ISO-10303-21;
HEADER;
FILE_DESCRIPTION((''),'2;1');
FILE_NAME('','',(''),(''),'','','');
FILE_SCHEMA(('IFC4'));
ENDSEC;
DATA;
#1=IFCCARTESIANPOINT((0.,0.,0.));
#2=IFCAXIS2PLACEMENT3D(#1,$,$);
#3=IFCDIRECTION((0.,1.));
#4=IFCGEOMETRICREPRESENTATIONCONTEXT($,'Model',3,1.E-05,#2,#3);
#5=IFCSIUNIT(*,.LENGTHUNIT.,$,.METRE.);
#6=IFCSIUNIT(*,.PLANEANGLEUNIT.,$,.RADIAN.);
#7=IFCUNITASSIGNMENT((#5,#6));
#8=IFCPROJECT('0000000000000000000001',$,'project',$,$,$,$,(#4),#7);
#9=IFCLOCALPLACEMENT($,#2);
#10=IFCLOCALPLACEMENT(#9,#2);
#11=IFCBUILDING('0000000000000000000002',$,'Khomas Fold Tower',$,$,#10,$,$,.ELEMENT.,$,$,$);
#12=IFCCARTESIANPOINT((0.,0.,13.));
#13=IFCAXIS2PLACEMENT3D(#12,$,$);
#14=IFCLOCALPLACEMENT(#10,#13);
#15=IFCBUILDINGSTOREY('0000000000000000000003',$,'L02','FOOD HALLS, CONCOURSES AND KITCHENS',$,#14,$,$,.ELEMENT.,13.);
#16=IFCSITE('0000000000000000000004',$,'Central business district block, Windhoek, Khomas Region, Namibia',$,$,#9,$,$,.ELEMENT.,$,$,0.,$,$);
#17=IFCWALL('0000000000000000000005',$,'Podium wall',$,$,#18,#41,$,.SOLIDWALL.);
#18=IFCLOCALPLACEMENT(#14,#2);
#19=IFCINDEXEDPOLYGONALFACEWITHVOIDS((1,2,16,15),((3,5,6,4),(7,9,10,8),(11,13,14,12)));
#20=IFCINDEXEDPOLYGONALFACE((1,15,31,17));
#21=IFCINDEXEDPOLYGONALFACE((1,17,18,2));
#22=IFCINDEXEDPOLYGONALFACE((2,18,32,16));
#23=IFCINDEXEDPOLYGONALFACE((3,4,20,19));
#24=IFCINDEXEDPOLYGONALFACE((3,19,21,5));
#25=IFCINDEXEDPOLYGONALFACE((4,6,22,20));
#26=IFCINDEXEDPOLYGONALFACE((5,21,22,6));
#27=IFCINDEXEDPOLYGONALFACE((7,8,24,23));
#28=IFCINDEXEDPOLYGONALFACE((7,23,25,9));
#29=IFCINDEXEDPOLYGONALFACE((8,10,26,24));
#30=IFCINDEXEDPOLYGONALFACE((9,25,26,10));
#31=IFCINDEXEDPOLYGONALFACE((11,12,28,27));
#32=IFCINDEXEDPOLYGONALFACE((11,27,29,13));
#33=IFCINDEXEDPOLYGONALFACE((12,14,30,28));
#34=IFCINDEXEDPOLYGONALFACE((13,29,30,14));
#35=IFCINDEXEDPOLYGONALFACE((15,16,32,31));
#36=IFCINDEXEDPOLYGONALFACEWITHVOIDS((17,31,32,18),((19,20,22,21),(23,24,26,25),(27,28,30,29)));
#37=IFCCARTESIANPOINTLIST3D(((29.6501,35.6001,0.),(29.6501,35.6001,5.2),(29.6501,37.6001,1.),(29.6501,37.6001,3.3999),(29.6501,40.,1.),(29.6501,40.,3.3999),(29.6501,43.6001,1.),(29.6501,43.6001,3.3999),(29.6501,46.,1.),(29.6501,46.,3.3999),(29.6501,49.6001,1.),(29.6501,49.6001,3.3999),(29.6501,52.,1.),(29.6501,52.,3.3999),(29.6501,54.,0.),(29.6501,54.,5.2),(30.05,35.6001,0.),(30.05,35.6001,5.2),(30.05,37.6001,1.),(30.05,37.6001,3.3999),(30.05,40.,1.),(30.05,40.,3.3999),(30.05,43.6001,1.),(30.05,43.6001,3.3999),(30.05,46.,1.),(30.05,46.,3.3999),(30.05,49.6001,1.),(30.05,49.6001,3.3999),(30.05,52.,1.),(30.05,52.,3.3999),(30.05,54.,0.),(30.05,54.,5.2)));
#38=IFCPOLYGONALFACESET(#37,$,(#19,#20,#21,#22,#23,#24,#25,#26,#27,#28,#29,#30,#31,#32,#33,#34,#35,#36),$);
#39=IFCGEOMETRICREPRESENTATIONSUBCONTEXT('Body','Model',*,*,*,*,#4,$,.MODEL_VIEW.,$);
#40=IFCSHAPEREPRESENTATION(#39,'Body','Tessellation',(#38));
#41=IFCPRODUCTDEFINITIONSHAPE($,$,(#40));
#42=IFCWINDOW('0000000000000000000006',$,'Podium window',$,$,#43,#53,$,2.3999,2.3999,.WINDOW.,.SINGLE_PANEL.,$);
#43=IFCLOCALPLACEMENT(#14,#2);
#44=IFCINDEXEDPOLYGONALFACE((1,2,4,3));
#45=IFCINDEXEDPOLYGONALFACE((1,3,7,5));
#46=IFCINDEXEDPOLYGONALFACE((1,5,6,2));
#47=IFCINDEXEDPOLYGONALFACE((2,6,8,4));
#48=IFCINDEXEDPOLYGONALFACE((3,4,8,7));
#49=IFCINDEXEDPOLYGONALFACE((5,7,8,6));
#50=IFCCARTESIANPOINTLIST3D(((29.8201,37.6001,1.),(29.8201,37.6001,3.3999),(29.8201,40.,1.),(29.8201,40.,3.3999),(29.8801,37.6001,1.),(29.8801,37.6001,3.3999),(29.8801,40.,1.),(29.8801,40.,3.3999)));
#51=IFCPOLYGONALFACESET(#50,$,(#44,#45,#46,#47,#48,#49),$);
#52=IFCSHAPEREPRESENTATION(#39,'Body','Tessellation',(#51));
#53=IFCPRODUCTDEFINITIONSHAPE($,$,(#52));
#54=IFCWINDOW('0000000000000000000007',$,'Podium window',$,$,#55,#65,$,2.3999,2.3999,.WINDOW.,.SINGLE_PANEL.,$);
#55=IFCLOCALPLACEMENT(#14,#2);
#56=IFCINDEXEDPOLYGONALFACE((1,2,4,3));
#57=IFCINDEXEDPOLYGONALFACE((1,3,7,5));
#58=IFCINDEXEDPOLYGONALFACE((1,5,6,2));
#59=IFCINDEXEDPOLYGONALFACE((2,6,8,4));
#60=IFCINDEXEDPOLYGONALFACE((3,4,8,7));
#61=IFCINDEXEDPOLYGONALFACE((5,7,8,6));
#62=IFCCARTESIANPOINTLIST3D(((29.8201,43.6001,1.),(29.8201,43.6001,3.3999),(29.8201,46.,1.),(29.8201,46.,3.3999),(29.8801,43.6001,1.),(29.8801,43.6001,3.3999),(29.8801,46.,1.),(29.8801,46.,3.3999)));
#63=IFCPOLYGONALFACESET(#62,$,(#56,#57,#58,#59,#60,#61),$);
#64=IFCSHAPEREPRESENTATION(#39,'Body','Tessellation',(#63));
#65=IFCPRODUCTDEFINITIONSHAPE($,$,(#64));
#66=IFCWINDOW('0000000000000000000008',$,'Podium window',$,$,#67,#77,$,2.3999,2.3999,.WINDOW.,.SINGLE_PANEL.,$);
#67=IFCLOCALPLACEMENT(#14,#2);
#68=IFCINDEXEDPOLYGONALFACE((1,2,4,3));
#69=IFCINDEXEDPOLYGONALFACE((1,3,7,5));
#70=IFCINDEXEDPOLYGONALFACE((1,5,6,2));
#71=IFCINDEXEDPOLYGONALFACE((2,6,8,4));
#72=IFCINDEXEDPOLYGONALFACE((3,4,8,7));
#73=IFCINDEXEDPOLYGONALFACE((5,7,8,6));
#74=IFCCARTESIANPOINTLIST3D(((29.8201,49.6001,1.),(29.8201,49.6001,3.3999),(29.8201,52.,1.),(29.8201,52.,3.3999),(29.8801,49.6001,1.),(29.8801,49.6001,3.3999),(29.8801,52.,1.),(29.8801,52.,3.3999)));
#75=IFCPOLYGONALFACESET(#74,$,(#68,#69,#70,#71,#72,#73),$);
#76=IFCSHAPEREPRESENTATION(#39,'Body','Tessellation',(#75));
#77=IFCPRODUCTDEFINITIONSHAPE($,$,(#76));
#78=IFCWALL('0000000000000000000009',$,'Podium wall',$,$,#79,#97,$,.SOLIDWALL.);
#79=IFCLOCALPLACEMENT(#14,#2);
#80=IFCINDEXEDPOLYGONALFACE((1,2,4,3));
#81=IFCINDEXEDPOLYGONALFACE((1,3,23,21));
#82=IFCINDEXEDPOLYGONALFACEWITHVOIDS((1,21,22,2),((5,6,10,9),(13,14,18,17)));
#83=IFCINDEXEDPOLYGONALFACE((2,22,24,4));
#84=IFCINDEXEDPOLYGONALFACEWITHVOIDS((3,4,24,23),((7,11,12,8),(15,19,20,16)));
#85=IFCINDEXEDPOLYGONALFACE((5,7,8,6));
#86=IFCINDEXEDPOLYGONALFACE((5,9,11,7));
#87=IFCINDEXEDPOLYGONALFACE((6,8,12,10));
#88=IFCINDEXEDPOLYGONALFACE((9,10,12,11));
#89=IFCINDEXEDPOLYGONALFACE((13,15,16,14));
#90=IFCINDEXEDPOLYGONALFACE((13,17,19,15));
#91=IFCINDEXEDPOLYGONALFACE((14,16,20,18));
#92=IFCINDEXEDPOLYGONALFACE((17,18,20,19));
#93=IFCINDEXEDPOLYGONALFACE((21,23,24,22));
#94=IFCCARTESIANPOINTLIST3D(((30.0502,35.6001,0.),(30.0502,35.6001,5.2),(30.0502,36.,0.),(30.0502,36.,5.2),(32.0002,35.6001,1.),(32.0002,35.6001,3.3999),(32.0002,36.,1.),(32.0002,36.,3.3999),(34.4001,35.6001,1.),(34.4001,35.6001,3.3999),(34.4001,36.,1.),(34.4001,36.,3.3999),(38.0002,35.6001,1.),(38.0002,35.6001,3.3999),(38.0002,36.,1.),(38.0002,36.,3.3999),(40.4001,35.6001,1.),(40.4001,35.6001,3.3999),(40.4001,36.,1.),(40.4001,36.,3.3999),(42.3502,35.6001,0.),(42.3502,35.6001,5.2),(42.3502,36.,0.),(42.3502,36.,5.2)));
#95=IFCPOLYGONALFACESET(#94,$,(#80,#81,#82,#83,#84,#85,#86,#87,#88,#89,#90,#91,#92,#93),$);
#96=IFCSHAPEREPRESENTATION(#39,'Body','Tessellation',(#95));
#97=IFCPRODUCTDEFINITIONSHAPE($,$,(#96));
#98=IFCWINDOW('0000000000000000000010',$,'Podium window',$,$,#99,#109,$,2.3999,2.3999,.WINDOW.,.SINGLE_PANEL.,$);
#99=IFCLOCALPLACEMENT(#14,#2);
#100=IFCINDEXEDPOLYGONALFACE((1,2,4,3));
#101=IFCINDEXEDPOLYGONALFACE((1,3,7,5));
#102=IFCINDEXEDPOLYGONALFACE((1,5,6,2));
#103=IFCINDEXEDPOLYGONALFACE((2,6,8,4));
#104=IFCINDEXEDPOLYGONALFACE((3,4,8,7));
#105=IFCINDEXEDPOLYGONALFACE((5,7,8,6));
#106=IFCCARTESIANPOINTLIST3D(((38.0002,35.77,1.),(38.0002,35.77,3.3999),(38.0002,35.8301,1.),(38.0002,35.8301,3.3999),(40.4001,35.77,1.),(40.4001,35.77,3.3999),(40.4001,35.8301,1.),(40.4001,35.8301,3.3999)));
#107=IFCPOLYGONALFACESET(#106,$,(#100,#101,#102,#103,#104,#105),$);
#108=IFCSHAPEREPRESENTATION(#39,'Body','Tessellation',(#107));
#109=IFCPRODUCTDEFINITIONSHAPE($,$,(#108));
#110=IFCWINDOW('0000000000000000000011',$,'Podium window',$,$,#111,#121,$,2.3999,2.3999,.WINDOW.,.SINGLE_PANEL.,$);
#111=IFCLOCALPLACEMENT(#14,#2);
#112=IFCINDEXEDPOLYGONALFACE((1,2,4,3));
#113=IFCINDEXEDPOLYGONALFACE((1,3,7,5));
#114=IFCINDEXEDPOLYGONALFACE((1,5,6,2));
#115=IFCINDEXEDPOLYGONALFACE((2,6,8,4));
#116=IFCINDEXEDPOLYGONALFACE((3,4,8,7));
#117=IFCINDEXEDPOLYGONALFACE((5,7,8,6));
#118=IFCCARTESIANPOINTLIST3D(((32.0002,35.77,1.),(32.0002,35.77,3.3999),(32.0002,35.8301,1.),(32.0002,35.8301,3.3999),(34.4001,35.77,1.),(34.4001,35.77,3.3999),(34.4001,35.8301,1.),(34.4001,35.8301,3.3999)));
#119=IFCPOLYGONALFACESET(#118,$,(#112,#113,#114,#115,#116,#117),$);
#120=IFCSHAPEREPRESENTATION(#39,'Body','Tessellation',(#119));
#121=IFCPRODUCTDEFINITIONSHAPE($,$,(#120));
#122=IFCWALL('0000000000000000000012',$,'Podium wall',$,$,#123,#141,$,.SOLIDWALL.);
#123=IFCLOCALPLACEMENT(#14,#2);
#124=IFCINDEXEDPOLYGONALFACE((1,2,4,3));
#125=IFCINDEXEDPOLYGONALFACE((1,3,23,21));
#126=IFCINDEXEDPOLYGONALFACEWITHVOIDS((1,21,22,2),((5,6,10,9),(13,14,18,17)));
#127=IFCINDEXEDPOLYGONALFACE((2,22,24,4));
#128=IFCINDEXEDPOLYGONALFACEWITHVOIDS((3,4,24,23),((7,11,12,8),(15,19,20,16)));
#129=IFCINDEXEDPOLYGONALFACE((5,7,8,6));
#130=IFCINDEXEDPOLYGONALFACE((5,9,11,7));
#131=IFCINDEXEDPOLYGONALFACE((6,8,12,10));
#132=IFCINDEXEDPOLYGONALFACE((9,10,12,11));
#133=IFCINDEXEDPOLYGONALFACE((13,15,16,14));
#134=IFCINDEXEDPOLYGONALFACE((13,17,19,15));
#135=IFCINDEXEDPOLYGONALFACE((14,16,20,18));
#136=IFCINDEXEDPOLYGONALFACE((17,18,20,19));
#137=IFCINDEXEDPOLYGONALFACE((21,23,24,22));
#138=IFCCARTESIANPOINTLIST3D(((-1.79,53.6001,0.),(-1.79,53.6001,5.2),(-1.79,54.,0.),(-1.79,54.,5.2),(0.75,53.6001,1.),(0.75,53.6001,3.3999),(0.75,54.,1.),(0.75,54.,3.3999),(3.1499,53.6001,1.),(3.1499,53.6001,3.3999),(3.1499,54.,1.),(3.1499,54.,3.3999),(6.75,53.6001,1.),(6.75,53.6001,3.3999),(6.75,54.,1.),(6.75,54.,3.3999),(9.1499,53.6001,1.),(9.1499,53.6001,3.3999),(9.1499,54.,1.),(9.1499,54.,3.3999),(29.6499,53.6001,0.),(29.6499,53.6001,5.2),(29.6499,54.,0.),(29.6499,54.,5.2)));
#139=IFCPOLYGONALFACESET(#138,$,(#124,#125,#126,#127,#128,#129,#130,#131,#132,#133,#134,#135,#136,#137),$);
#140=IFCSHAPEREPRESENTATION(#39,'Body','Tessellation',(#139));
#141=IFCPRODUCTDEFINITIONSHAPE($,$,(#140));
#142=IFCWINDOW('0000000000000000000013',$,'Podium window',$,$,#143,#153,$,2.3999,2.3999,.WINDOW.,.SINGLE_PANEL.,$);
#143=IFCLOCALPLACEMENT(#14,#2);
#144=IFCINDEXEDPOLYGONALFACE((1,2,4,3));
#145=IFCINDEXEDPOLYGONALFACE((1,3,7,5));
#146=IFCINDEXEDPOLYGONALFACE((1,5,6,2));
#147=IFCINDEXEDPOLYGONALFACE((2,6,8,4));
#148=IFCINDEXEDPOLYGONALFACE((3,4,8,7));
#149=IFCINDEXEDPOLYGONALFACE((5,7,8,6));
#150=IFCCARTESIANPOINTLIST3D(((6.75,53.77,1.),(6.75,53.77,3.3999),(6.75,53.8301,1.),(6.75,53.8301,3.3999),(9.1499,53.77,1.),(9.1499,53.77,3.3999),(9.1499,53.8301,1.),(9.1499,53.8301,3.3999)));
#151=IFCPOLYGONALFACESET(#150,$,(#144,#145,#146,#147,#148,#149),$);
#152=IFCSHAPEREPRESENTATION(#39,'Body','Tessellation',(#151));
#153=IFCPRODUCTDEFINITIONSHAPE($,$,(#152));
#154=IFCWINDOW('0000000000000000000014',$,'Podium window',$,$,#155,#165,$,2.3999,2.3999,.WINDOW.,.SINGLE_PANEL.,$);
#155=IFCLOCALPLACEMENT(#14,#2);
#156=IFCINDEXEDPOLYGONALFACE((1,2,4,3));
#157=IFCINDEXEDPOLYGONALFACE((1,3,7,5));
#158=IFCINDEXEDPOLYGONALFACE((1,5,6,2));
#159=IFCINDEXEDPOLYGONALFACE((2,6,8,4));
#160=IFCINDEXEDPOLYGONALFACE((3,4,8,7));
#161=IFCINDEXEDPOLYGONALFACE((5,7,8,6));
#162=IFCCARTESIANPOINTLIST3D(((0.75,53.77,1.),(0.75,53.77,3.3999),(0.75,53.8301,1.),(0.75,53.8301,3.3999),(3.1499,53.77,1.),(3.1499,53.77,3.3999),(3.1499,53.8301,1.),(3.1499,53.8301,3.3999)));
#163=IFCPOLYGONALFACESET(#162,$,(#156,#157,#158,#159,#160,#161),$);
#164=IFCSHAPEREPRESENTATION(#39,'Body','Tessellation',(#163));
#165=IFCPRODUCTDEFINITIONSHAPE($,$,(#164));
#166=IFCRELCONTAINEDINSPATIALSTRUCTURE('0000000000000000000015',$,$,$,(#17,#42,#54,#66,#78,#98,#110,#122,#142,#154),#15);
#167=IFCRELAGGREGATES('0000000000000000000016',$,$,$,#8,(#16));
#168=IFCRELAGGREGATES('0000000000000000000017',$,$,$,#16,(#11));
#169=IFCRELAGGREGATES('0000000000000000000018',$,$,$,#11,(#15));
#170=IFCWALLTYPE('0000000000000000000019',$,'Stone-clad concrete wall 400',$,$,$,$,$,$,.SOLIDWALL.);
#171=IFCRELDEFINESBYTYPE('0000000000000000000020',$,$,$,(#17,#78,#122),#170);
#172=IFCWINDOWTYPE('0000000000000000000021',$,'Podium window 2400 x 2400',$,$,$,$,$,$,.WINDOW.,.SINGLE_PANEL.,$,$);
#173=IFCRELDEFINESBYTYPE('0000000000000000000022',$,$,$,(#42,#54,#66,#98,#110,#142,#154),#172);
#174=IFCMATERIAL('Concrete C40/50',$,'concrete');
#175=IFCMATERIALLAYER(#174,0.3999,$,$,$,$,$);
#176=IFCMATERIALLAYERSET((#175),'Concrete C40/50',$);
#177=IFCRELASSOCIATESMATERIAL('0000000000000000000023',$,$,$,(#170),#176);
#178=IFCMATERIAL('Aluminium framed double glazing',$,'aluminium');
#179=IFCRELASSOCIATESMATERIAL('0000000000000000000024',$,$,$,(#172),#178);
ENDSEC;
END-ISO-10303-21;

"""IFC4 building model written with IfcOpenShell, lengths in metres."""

from ifc_helpers import new_model, si_unit, direction, frame, frame_2d, origin, place, context, subcontext, project, spatial, rectangle, extrude, source, transform, mapped, material, layer, layer_set, type_object, element, fill, save


model = new_model("IFC4")

# Units and contexts
model_context = context("Model", 3, precision=1e-05, world=origin(), true_north=direction((0.0, 1.0)))
body_context = subcontext(model_context, "Body", "Model", "MODEL_VIEW")
ifc_project = project(units=[si_unit("LENGTHUNIT", "METRE"), si_unit("PLANEANGLEUNIT", "RADIAN")], contexts=[model_context])

# Site, building, storey
site_placement = place(None, origin())
site = spatial("IfcSite", under=ifc_project, at=site_placement, Name="Central business district block, Windhoek, Khomas Region, Namibia", CompositionType="ELEMENT", RefElevation=0.0)
building_placement = place(site_placement, origin())
building = spatial("IfcBuilding", under=site, at=building_placement, Name="Khomas Fold Tower", CompositionType="ELEMENT")
storey_placement = place(building_placement, frame((0.0, 0.0, 13.0)))
storey = spatial("IfcBuildingStorey", under=building, at=storey_placement, Name="L02", Description="FOOD HALLS, CONCOURSES AND KITCHENS", CompositionType="ELEMENT", Elevation=13.0)

# Walls, openings, windows
ifc_material_1 = material(Name="Concrete C40/50", Category="concrete")
ifc_layer_1 = layer(ifc_material_1, 0.3999)
ifc_layer_set_1 = layer_set([ifc_layer_1], Name="Concrete C40/50")
wall_type_1 = type_object("IfcWallType", Name="Stone-clad concrete wall 400", PredefinedType="SOLIDWALL", material=ifc_layer_set_1)
shared_shape_1 = source(origin(), body_context, "Body", "SweptSolid", [
    extrude(rectangle(XDim=2.3999, YDim=2.3999, at=frame_2d((1.2, 1.2))), frame((0.0, 0.21, 0.0), z_axis=(0.0, -1.0, 0.0), x_axis=(1.0, 0.0, 0.0)), (0.0, 0.0, 1.0), 0.4199),
])
ifc_material_2 = material(Name="Aluminium framed double glazing", Category="aluminium")
window_type = type_object("IfcWindowType", Name="Podium window 2400 x 2400", PartitioningType="SINGLE_PANEL", PredefinedType="WINDOW", material=ifc_material_2)
shared_shape_2 = source(origin(), body_context, "Body", "SweptSolid", [
    extrude(rectangle(XDim=2.3999, YDim=2.3999, at=frame_2d((1.2, 1.2))), frame((0.0, 0.03, 0.0), z_axis=(0.0, -1.0, 0.0), x_axis=(1.0, 0.0, 0.0)), (0.0, 0.0, 1.0), 0.0601),
])
shared_shape_3 = source(origin(), body_context, "Body", "SweptSolid", [
    extrude(rectangle(XDim=18.3999, YDim=0.3999, at=frame_2d((9.2, 0.0))), origin(), (0.0, 0.0, 1.0), 5.2),
])
wall_1_placement = place(storey_placement, frame((29.8501, 35.6001, 0.0), z_axis=(0.0, 0.0, 1.0), x_axis=(0.0, 1.0, 0.0)))
wall_1 = element("IfcWall", 1, at=wall_1_placement, inside=storey, type_object=wall_type_1, Name="Podium wall", PredefinedType="SOLIDWALL", context=body_context, shape_type="MappedRepresentation", body=[
    mapped(shared_shape_3, transform((0.0, 0.0, 0.0))),
])
opening_1_placement = place(wall_1_placement, frame((2.0, 0.0, 1.0)))
opening_1 = element("IfcOpeningElement", 2, at=opening_1_placement, cuts=wall_1, PredefinedType="OPENING", context=body_context, shape_type="MappedRepresentation", body=[
    mapped(shared_shape_1, transform((0.0, 0.0, 0.0))),
])
opening_2_placement = place(wall_1_placement, frame((8.0, 0.0, 1.0)))
opening_2 = element("IfcOpeningElement", 3, at=opening_2_placement, cuts=wall_1, PredefinedType="OPENING", context=body_context, shape_type="MappedRepresentation", body=[
    mapped(shared_shape_1, transform((0.0, 0.0, 0.0))),
])
opening_3_placement = place(wall_1_placement, frame((14.0, 0.0, 1.0)))
opening_3 = element("IfcOpeningElement", 4, at=opening_3_placement, cuts=wall_1, PredefinedType="OPENING", context=body_context, shape_type="MappedRepresentation", body=[
    mapped(shared_shape_1, transform((0.0, 0.0, 0.0))),
])
window_1_placement = place(opening_1_placement, origin())
window_1 = element("IfcWindow", 5, at=window_1_placement, inside=storey, type_object=window_type, Name="Podium window", OverallHeight=2.3999, OverallWidth=2.3999, PartitioningType="SINGLE_PANEL", PredefinedType="WINDOW", context=body_context, shape_type="MappedRepresentation", body=[
    mapped(shared_shape_2, transform((0.0, 0.0, 0.0))),
])
fill(opening_1, window_1)
window_2_placement = place(opening_2_placement, origin())
window_2 = element("IfcWindow", 6, at=window_2_placement, inside=storey, type_object=window_type, Name="Podium window", OverallHeight=2.3999, OverallWidth=2.3999, PartitioningType="SINGLE_PANEL", PredefinedType="WINDOW", context=body_context, shape_type="MappedRepresentation", body=[
    mapped(shared_shape_2, transform((0.0, 0.0, 0.0))),
])
fill(opening_2, window_2)
window_3_placement = place(opening_3_placement, origin())
window_3 = element("IfcWindow", 7, at=window_3_placement, inside=storey, type_object=window_type, Name="Podium window", OverallHeight=2.3999, OverallWidth=2.3999, PartitioningType="SINGLE_PANEL", PredefinedType="WINDOW", context=body_context, shape_type="MappedRepresentation", body=[
    mapped(shared_shape_2, transform((0.0, 0.0, 0.0))),
])
fill(opening_3, window_3)
shared_shape_4 = source(origin(), body_context, "Body", "SweptSolid", [
    extrude(rectangle(XDim=12.3, YDim=0.3999, at=frame_2d((6.1499, 0.0))), origin(), (0.0, 0.0, 1.0), 5.2),
])
wall_2_placement = place(storey_placement, frame((42.3501, 35.8, 0.0), z_axis=(0.0, 0.0, 1.0), x_axis=(-1.0, 0.0, 0.0)))
wall_2 = element("IfcWall", 8, at=wall_2_placement, inside=storey, type_object=wall_type_1, Name="Podium wall", PredefinedType="SOLIDWALL", context=body_context, shape_type="MappedRepresentation", body=[
    mapped(shared_shape_4, transform((0.0, 0.0, 0.0))),
])
opening_4_placement = place(wall_2_placement, frame((1.95, 0.0, 1.0)))
opening_4 = element("IfcOpeningElement", 9, at=opening_4_placement, cuts=wall_2, PredefinedType="OPENING", context=body_context, shape_type="MappedRepresentation", body=[
    mapped(shared_shape_1, transform((0.0, 0.0, 0.0))),
])
opening_5_placement = place(wall_2_placement, frame((7.95, 0.0, 1.0)))
opening_5 = element("IfcOpeningElement", 10, at=opening_5_placement, cuts=wall_2, PredefinedType="OPENING", context=body_context, shape_type="MappedRepresentation", body=[
    mapped(shared_shape_1, transform((0.0, 0.0, 0.0))),
])
window_4_placement = place(opening_4_placement, origin())
window_4 = element("IfcWindow", 11, at=window_4_placement, inside=storey, type_object=window_type, Name="Podium window", OverallHeight=2.3999, OverallWidth=2.3999, PartitioningType="SINGLE_PANEL", PredefinedType="WINDOW", context=body_context, shape_type="MappedRepresentation", body=[
    mapped(shared_shape_2, transform((0.0, 0.0, 0.0))),
])
fill(opening_4, window_4)
window_5_placement = place(opening_5_placement, origin())
window_5 = element("IfcWindow", 12, at=window_5_placement, inside=storey, type_object=window_type, Name="Podium window", OverallHeight=2.3999, OverallWidth=2.3999, PartitioningType="SINGLE_PANEL", PredefinedType="WINDOW", context=body_context, shape_type="MappedRepresentation", body=[
    mapped(shared_shape_2, transform((0.0, 0.0, 0.0))),
])
fill(opening_5, window_5)
shared_shape_5 = source(origin(), body_context, "Body", "SweptSolid", [
    extrude(rectangle(XDim=31.4399, YDim=0.3999, at=frame_2d((15.72, 0.0))), origin(), (0.0, 0.0, 1.0), 5.2),
])
wall_3_placement = place(storey_placement, frame((29.6499, 53.8, 0.0), z_axis=(0.0, 0.0, 1.0), x_axis=(-1.0, 0.0, 0.0)))
wall_3 = element("IfcWall", 13, at=wall_3_placement, inside=storey, type_object=wall_type_1, Name="Podium wall", PredefinedType="SOLIDWALL", context=body_context, shape_type="MappedRepresentation", body=[
    mapped(shared_shape_5, transform((0.0, 0.0, 0.0))),
])
opening_6_placement = place(wall_3_placement, frame((20.5, 0.0, 1.0)))
opening_6 = element("IfcOpeningElement", 14, at=opening_6_placement, cuts=wall_3, PredefinedType="OPENING", context=body_context, shape_type="MappedRepresentation", body=[
    mapped(shared_shape_1, transform((0.0, 0.0, 0.0))),
])
opening_7_placement = place(wall_3_placement, frame((26.5, 0.0, 1.0)))
opening_7 = element("IfcOpeningElement", 15, at=opening_7_placement, cuts=wall_3, PredefinedType="OPENING", context=body_context, shape_type="MappedRepresentation", body=[
    mapped(shared_shape_1, transform((0.0, 0.0, 0.0))),
])
window_6_placement = place(opening_6_placement, origin())
window_6 = element("IfcWindow", 16, at=window_6_placement, inside=storey, type_object=window_type, Name="Podium window", OverallHeight=2.3999, OverallWidth=2.3999, PartitioningType="SINGLE_PANEL", PredefinedType="WINDOW", context=body_context, shape_type="MappedRepresentation", body=[
    mapped(shared_shape_2, transform((0.0, 0.0, 0.0))),
])
fill(opening_6, window_6)
window_7_placement = place(opening_7_placement, origin())
window_7 = element("IfcWindow", 17, at=window_7_placement, inside=storey, type_object=window_type, Name="Podium window", OverallHeight=2.3999, OverallWidth=2.3999, PartitioningType="SINGLE_PANEL", PredefinedType="WINDOW", context=body_context, shape_type="MappedRepresentation", body=[
    mapped(shared_shape_2, transform((0.0, 0.0, 0.0))),
])
fill(opening_7, window_7)

save(model, "model.ifc")
